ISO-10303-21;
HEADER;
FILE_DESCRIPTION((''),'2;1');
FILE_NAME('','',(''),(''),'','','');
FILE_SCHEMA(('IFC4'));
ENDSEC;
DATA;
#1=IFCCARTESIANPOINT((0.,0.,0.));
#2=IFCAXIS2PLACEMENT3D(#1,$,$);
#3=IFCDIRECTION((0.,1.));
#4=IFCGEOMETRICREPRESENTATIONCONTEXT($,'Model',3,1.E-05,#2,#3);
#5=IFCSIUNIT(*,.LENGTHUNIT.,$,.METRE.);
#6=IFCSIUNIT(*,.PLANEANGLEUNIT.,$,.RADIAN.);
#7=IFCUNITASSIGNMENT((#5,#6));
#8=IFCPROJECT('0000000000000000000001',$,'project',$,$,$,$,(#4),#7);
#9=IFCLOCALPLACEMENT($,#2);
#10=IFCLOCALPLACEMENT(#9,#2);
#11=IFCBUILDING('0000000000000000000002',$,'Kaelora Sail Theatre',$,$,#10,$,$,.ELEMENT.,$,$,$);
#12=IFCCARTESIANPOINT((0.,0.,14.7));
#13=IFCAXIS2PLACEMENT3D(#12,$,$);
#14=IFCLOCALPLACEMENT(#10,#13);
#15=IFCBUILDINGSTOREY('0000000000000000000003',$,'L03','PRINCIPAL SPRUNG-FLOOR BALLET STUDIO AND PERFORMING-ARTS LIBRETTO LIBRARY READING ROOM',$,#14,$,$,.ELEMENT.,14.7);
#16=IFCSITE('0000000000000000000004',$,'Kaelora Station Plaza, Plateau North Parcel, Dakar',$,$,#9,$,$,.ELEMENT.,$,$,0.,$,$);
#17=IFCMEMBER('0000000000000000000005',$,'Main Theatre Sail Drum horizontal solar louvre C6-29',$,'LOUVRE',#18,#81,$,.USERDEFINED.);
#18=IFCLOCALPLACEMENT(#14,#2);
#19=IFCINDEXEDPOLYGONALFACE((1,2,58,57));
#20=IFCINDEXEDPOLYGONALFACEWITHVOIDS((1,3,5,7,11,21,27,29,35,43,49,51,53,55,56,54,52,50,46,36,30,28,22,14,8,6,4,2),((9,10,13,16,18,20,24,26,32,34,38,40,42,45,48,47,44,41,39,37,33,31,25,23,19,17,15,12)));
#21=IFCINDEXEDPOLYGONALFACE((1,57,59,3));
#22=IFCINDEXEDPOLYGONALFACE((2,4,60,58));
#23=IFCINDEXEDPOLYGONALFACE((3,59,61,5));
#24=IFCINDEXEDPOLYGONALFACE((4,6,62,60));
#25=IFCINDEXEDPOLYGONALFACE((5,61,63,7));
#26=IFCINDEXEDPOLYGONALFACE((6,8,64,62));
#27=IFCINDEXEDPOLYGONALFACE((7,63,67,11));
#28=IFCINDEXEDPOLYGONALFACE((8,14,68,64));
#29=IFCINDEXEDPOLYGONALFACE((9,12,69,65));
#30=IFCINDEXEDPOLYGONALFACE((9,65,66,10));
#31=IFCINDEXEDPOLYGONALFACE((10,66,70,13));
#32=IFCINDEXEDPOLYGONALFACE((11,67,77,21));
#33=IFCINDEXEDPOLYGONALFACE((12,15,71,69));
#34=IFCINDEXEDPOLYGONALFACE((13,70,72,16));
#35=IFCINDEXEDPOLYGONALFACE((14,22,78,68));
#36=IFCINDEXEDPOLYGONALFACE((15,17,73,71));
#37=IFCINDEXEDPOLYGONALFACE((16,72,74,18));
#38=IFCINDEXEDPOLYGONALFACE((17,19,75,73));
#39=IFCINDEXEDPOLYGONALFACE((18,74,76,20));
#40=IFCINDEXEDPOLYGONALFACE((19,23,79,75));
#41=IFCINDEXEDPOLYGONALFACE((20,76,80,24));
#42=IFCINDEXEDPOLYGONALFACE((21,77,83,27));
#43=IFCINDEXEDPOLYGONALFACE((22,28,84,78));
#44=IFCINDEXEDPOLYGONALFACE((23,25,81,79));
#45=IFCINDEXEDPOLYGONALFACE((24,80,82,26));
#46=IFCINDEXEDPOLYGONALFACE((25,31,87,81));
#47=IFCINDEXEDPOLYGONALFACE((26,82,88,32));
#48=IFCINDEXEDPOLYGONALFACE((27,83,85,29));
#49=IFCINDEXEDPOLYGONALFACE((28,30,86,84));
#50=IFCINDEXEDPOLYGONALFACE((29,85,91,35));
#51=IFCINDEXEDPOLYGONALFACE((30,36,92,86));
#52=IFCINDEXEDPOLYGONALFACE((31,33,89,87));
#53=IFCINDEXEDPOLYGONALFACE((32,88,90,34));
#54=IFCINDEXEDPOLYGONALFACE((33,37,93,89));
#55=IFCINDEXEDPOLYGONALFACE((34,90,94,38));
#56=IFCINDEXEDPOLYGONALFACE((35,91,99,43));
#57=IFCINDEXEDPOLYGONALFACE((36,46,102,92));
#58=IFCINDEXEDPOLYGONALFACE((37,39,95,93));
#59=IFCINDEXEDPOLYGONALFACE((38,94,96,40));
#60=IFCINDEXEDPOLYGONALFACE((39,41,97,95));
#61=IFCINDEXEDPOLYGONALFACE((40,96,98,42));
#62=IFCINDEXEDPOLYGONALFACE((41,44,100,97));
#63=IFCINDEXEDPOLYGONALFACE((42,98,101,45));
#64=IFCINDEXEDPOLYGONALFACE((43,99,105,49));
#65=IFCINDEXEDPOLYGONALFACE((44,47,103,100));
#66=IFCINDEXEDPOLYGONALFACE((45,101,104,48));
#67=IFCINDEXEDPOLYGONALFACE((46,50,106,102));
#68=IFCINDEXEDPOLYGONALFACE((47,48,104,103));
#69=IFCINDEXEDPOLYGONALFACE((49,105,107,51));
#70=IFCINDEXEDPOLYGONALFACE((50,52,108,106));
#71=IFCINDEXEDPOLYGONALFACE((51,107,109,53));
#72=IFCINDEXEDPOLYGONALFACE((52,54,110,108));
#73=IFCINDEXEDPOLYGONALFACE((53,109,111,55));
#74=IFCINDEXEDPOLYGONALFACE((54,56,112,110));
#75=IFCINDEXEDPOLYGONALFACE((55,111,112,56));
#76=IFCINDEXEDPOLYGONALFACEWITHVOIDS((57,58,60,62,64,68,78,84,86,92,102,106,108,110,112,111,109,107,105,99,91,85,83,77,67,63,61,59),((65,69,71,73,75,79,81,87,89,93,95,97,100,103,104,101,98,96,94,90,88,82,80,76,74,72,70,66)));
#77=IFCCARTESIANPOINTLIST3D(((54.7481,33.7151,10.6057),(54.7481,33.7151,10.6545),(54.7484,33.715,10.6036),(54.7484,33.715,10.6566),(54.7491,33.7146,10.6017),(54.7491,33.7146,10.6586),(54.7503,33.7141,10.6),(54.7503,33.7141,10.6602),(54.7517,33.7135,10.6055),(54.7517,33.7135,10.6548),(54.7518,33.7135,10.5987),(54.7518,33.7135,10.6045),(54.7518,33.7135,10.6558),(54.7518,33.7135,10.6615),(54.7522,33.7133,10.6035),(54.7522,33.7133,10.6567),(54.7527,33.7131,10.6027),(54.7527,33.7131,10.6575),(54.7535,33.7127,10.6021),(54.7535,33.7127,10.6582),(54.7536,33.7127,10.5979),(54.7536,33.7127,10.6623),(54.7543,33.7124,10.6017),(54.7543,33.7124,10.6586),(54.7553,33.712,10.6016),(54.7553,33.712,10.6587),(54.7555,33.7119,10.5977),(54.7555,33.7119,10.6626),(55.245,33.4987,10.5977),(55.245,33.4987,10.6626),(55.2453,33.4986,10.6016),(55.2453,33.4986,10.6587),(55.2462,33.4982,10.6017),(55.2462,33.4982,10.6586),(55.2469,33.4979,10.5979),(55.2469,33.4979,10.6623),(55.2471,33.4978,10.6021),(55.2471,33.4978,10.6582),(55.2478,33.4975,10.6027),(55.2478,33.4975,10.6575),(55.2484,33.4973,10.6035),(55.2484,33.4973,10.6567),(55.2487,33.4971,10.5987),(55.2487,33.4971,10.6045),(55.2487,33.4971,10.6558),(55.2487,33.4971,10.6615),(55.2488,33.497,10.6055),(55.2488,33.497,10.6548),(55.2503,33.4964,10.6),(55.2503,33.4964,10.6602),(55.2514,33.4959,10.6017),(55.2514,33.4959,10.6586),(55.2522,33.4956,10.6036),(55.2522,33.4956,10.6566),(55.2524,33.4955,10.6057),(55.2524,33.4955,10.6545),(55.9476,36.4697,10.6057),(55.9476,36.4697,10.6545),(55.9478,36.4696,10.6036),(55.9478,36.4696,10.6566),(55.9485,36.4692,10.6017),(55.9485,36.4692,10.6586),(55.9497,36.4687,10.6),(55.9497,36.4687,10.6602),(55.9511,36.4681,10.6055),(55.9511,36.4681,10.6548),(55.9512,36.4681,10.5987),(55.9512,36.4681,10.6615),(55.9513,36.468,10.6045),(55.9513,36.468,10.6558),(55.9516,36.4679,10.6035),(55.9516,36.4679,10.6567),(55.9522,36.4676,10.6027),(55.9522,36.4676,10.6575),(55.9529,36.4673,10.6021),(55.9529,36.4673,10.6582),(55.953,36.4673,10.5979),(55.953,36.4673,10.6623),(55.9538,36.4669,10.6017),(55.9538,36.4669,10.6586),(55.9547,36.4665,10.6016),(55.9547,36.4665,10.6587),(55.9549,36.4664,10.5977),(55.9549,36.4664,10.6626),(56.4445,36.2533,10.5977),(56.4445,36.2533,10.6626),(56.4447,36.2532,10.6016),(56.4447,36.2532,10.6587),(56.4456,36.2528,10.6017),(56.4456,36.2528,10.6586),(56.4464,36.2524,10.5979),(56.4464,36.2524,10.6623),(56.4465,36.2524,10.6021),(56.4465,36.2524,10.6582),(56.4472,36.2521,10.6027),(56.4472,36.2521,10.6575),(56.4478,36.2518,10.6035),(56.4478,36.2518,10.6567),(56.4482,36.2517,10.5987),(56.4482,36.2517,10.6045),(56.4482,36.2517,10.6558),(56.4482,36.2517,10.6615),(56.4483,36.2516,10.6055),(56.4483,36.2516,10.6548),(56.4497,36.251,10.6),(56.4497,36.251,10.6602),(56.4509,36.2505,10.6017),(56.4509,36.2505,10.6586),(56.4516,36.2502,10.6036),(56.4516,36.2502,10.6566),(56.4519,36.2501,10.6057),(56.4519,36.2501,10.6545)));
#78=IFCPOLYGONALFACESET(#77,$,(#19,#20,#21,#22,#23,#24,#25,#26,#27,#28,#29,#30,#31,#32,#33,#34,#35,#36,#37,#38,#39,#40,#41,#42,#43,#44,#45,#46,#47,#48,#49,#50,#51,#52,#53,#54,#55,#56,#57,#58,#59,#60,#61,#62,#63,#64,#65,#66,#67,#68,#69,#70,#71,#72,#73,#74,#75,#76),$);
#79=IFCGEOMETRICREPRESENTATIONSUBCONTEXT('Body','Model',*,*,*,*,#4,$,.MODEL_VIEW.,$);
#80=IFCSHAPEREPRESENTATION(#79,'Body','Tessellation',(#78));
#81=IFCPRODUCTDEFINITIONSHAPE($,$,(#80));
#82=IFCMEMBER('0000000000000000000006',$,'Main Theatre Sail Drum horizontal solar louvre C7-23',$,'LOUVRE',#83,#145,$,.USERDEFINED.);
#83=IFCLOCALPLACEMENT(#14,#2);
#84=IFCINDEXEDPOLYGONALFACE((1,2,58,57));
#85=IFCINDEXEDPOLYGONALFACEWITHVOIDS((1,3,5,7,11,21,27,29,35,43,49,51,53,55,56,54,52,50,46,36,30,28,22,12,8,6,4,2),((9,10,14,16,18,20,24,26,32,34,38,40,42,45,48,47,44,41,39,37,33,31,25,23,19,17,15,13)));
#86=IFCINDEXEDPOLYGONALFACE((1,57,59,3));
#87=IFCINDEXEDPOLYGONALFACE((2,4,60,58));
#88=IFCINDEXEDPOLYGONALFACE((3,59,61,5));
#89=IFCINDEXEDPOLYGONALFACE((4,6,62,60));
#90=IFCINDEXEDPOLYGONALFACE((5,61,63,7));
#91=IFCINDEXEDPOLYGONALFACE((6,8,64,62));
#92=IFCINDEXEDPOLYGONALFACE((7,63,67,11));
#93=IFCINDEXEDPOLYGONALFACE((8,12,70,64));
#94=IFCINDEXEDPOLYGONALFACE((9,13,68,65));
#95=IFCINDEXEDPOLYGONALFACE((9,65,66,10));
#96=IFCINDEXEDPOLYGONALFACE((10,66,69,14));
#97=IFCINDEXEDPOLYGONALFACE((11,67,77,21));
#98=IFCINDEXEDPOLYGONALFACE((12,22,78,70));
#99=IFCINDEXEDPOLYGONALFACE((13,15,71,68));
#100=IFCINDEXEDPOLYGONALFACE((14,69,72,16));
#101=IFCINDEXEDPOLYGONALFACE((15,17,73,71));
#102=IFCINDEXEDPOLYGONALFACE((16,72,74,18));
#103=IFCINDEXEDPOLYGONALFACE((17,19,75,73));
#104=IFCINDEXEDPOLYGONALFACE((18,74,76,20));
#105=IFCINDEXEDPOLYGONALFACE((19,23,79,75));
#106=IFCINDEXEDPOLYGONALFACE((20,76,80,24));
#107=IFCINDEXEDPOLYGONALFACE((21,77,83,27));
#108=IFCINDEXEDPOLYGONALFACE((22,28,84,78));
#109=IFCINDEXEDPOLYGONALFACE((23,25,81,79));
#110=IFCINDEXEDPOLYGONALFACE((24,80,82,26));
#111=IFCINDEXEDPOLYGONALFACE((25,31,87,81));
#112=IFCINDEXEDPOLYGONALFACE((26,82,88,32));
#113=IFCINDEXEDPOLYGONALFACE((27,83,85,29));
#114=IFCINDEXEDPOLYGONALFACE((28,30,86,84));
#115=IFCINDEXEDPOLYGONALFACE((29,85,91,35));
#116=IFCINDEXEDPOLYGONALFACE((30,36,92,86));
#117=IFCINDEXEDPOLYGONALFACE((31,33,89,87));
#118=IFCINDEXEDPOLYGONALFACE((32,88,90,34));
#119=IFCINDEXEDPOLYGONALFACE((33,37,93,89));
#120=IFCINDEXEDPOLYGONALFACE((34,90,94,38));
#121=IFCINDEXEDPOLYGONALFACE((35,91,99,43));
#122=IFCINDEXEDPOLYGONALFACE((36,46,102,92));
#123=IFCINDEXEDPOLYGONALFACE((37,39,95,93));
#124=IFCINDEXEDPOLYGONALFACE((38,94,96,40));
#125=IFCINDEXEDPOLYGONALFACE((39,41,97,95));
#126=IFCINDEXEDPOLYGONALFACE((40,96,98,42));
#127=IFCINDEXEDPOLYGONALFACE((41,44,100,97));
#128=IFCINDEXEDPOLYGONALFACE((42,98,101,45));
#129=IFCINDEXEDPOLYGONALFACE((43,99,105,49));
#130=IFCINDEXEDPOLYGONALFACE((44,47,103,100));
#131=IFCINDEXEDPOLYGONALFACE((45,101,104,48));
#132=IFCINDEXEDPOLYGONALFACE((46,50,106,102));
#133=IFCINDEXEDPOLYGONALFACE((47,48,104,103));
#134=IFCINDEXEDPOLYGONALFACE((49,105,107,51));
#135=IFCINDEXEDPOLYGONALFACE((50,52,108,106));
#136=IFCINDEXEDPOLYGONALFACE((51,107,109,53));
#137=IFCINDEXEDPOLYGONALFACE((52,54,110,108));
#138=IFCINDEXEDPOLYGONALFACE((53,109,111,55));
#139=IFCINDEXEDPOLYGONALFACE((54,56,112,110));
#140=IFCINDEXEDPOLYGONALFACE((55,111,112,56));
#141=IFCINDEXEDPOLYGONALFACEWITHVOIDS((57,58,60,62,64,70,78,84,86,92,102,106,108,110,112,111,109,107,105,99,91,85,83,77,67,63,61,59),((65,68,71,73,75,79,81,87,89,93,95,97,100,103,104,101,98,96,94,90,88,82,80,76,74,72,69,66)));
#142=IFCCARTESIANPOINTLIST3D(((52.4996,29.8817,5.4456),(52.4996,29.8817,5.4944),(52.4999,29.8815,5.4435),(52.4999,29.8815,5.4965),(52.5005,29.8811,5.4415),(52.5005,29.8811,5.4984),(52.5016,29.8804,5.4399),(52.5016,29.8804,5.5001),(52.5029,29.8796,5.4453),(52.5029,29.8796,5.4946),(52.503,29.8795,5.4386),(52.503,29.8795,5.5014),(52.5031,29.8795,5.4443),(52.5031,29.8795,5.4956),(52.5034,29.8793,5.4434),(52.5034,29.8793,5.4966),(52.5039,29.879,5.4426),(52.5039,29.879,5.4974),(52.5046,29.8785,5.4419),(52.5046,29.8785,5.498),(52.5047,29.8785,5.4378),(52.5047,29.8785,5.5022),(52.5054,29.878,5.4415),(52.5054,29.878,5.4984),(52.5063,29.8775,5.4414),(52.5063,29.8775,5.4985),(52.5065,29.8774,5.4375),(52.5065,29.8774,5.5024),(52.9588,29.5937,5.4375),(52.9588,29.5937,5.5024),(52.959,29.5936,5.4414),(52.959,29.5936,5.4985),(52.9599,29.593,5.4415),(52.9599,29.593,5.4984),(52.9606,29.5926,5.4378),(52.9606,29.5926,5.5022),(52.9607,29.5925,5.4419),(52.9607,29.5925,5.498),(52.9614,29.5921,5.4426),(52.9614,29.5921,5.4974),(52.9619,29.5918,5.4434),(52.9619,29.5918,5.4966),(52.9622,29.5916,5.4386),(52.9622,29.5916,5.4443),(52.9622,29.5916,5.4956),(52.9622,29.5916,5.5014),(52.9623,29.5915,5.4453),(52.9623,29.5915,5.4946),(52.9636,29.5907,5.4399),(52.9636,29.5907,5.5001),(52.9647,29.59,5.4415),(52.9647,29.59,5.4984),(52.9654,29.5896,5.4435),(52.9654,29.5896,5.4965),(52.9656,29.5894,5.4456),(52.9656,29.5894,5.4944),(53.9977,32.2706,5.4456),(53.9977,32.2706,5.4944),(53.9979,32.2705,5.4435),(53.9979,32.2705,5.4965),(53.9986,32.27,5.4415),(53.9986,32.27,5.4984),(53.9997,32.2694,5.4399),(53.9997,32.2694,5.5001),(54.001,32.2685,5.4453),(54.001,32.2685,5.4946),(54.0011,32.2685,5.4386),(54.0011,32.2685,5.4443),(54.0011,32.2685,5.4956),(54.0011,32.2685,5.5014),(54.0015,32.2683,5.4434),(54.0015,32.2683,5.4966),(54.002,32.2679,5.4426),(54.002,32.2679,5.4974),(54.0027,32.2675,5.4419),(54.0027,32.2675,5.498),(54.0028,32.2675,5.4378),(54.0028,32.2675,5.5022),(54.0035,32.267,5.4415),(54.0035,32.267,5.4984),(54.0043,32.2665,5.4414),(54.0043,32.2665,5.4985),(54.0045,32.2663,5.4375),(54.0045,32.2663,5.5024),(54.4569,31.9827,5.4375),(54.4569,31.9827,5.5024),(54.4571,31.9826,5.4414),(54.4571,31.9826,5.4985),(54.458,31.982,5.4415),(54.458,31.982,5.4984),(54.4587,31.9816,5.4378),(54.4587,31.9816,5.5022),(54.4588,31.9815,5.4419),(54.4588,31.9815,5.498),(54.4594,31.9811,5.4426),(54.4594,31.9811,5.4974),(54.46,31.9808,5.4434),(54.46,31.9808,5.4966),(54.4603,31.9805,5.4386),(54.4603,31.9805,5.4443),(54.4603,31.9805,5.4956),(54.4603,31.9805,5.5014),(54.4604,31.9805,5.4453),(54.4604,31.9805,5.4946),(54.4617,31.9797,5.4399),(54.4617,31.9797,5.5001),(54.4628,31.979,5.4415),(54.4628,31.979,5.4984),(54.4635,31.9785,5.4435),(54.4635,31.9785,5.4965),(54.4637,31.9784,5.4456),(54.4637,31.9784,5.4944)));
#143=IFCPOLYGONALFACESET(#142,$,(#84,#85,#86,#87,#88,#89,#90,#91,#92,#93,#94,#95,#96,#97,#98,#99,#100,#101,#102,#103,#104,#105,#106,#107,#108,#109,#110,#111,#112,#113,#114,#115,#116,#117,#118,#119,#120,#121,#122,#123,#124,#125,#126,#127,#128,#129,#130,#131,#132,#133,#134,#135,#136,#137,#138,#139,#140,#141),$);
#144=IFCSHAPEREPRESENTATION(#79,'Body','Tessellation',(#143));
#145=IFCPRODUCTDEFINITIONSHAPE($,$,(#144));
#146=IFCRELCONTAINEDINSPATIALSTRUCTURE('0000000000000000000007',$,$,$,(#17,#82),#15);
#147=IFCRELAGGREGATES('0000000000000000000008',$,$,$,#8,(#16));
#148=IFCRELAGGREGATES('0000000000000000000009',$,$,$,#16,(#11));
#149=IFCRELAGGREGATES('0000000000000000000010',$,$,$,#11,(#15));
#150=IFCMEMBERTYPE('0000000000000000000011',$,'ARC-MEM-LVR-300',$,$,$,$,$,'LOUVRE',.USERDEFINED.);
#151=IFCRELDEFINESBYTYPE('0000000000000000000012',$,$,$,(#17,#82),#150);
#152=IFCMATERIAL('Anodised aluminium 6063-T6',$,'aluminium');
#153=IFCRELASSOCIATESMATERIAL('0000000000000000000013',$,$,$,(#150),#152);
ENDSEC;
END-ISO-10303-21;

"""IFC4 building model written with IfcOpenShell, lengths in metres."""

from ifc_helpers import new_model, si_unit, direction, frame, origin, origin_2d, place, context, subcontext, project, spatial, hollow_rectangle, extrude, material, material_profile, profile_set, type_object, element, save


model = new_model("IFC4")

# Units and contexts
model_context = context("Model", 3, precision=1e-05, world=origin(), true_north=direction((0.0, 1.0)))
body_context = subcontext(model_context, "Body", "Model", "MODEL_VIEW")
ifc_project = project(units=[si_unit("LENGTHUNIT", "METRE"), si_unit("PLANEANGLEUNIT", "RADIAN")], contexts=[model_context])

# Site, building, storey
site_placement = place(None, origin())
site = spatial("IfcSite", under=ifc_project, at=site_placement, Name="Kaelora Station Plaza, Plateau North Parcel, Dakar", CompositionType="ELEMENT", RefElevation=0.0)
building_placement = place(site_placement, origin())
building = spatial("IfcBuilding", under=site, at=building_placement, Name="Kaelora Sail Theatre", CompositionType="ELEMENT")
storey_placement = place(building_placement, frame((0.0, 0.0, 14.7)))
storey = spatial("IfcBuildingStorey", under=building, at=storey_placement, Name="L03", Description="PRINCIPAL SPRUNG-FLOOR BALLET STUDIO AND PERFORMING-ARTS LIBRETTO LIBRARY READING ROOM", CompositionType="ELEMENT", Elevation=14.7)

# Members
ifc_material = material(Name="Anodised aluminium 6063-T6", Category="aluminium")
ifc_material_profile = material_profile(ifc_material, hollow_rectangle(XDim=0.55, YDim=0.0649, WallThickness=0.0039, InnerFilletRadius=0.0039, OuterFilletRadius=0.0081, at=origin_2d()), Name="LOUVRE 550x65x4")
ifc_profile_set = profile_set([ifc_material_profile], Name="Anodised aluminium 6063-T6")
member_type = type_object("IfcMemberType", Name="ARC-MEM-LVR-300", ElementType="LOUVRE", PredefinedType="USERDEFINED", material=ifc_profile_set)
for number, where, z_axis, x_axis, name in (
    (1, (56.1997, 36.3599, 10.6301), (-0.399228, -0.916852, 0.0), (0.916852, -0.399228, 0.0), "Main Theatre Sail Drum horizontal solar louvre C6-29"),
):
    element("IfcMember", number, at=place(storey_placement, frame(where, z_axis=z_axis, x_axis=x_axis)), inside=storey, type_object=member_type, Name=name, ObjectType="LOUVRE", PredefinedType="USERDEFINED", context=body_context, shape_type="SweptSolid", body=[
        extrude(hollow_rectangle(XDim=0.55, YDim=0.0649, WallThickness=0.0039, InnerFilletRadius=0.0039, OuterFilletRadius=0.0081, at=origin_2d()), origin(), (0.0, 0.0, 1.0), 3.0044),
    ])
for number, where, z_axis, x_axis, name in (
    (2, (54.2307, 32.1245, 5.47), (-0.531267, -0.847204, 0.0), (0.847204, -0.531267, 0.0), "Main Theatre Sail Drum horizontal solar louvre C7-23"),
):
    element("IfcMember", number, at=place(storey_placement, frame(where, z_axis=z_axis, x_axis=x_axis)), inside=storey, type_object=member_type, Name=name, ObjectType="LOUVRE", PredefinedType="USERDEFINED", context=body_context, shape_type="SweptSolid", body=[
        extrude(hollow_rectangle(XDim=0.55, YDim=0.0649, WallThickness=0.0039, InnerFilletRadius=0.0039, OuterFilletRadius=0.0081, at=origin_2d()), origin(), (0.0, 0.0, 1.0), 2.8198),
    ])

save(model, "model.ifc")
